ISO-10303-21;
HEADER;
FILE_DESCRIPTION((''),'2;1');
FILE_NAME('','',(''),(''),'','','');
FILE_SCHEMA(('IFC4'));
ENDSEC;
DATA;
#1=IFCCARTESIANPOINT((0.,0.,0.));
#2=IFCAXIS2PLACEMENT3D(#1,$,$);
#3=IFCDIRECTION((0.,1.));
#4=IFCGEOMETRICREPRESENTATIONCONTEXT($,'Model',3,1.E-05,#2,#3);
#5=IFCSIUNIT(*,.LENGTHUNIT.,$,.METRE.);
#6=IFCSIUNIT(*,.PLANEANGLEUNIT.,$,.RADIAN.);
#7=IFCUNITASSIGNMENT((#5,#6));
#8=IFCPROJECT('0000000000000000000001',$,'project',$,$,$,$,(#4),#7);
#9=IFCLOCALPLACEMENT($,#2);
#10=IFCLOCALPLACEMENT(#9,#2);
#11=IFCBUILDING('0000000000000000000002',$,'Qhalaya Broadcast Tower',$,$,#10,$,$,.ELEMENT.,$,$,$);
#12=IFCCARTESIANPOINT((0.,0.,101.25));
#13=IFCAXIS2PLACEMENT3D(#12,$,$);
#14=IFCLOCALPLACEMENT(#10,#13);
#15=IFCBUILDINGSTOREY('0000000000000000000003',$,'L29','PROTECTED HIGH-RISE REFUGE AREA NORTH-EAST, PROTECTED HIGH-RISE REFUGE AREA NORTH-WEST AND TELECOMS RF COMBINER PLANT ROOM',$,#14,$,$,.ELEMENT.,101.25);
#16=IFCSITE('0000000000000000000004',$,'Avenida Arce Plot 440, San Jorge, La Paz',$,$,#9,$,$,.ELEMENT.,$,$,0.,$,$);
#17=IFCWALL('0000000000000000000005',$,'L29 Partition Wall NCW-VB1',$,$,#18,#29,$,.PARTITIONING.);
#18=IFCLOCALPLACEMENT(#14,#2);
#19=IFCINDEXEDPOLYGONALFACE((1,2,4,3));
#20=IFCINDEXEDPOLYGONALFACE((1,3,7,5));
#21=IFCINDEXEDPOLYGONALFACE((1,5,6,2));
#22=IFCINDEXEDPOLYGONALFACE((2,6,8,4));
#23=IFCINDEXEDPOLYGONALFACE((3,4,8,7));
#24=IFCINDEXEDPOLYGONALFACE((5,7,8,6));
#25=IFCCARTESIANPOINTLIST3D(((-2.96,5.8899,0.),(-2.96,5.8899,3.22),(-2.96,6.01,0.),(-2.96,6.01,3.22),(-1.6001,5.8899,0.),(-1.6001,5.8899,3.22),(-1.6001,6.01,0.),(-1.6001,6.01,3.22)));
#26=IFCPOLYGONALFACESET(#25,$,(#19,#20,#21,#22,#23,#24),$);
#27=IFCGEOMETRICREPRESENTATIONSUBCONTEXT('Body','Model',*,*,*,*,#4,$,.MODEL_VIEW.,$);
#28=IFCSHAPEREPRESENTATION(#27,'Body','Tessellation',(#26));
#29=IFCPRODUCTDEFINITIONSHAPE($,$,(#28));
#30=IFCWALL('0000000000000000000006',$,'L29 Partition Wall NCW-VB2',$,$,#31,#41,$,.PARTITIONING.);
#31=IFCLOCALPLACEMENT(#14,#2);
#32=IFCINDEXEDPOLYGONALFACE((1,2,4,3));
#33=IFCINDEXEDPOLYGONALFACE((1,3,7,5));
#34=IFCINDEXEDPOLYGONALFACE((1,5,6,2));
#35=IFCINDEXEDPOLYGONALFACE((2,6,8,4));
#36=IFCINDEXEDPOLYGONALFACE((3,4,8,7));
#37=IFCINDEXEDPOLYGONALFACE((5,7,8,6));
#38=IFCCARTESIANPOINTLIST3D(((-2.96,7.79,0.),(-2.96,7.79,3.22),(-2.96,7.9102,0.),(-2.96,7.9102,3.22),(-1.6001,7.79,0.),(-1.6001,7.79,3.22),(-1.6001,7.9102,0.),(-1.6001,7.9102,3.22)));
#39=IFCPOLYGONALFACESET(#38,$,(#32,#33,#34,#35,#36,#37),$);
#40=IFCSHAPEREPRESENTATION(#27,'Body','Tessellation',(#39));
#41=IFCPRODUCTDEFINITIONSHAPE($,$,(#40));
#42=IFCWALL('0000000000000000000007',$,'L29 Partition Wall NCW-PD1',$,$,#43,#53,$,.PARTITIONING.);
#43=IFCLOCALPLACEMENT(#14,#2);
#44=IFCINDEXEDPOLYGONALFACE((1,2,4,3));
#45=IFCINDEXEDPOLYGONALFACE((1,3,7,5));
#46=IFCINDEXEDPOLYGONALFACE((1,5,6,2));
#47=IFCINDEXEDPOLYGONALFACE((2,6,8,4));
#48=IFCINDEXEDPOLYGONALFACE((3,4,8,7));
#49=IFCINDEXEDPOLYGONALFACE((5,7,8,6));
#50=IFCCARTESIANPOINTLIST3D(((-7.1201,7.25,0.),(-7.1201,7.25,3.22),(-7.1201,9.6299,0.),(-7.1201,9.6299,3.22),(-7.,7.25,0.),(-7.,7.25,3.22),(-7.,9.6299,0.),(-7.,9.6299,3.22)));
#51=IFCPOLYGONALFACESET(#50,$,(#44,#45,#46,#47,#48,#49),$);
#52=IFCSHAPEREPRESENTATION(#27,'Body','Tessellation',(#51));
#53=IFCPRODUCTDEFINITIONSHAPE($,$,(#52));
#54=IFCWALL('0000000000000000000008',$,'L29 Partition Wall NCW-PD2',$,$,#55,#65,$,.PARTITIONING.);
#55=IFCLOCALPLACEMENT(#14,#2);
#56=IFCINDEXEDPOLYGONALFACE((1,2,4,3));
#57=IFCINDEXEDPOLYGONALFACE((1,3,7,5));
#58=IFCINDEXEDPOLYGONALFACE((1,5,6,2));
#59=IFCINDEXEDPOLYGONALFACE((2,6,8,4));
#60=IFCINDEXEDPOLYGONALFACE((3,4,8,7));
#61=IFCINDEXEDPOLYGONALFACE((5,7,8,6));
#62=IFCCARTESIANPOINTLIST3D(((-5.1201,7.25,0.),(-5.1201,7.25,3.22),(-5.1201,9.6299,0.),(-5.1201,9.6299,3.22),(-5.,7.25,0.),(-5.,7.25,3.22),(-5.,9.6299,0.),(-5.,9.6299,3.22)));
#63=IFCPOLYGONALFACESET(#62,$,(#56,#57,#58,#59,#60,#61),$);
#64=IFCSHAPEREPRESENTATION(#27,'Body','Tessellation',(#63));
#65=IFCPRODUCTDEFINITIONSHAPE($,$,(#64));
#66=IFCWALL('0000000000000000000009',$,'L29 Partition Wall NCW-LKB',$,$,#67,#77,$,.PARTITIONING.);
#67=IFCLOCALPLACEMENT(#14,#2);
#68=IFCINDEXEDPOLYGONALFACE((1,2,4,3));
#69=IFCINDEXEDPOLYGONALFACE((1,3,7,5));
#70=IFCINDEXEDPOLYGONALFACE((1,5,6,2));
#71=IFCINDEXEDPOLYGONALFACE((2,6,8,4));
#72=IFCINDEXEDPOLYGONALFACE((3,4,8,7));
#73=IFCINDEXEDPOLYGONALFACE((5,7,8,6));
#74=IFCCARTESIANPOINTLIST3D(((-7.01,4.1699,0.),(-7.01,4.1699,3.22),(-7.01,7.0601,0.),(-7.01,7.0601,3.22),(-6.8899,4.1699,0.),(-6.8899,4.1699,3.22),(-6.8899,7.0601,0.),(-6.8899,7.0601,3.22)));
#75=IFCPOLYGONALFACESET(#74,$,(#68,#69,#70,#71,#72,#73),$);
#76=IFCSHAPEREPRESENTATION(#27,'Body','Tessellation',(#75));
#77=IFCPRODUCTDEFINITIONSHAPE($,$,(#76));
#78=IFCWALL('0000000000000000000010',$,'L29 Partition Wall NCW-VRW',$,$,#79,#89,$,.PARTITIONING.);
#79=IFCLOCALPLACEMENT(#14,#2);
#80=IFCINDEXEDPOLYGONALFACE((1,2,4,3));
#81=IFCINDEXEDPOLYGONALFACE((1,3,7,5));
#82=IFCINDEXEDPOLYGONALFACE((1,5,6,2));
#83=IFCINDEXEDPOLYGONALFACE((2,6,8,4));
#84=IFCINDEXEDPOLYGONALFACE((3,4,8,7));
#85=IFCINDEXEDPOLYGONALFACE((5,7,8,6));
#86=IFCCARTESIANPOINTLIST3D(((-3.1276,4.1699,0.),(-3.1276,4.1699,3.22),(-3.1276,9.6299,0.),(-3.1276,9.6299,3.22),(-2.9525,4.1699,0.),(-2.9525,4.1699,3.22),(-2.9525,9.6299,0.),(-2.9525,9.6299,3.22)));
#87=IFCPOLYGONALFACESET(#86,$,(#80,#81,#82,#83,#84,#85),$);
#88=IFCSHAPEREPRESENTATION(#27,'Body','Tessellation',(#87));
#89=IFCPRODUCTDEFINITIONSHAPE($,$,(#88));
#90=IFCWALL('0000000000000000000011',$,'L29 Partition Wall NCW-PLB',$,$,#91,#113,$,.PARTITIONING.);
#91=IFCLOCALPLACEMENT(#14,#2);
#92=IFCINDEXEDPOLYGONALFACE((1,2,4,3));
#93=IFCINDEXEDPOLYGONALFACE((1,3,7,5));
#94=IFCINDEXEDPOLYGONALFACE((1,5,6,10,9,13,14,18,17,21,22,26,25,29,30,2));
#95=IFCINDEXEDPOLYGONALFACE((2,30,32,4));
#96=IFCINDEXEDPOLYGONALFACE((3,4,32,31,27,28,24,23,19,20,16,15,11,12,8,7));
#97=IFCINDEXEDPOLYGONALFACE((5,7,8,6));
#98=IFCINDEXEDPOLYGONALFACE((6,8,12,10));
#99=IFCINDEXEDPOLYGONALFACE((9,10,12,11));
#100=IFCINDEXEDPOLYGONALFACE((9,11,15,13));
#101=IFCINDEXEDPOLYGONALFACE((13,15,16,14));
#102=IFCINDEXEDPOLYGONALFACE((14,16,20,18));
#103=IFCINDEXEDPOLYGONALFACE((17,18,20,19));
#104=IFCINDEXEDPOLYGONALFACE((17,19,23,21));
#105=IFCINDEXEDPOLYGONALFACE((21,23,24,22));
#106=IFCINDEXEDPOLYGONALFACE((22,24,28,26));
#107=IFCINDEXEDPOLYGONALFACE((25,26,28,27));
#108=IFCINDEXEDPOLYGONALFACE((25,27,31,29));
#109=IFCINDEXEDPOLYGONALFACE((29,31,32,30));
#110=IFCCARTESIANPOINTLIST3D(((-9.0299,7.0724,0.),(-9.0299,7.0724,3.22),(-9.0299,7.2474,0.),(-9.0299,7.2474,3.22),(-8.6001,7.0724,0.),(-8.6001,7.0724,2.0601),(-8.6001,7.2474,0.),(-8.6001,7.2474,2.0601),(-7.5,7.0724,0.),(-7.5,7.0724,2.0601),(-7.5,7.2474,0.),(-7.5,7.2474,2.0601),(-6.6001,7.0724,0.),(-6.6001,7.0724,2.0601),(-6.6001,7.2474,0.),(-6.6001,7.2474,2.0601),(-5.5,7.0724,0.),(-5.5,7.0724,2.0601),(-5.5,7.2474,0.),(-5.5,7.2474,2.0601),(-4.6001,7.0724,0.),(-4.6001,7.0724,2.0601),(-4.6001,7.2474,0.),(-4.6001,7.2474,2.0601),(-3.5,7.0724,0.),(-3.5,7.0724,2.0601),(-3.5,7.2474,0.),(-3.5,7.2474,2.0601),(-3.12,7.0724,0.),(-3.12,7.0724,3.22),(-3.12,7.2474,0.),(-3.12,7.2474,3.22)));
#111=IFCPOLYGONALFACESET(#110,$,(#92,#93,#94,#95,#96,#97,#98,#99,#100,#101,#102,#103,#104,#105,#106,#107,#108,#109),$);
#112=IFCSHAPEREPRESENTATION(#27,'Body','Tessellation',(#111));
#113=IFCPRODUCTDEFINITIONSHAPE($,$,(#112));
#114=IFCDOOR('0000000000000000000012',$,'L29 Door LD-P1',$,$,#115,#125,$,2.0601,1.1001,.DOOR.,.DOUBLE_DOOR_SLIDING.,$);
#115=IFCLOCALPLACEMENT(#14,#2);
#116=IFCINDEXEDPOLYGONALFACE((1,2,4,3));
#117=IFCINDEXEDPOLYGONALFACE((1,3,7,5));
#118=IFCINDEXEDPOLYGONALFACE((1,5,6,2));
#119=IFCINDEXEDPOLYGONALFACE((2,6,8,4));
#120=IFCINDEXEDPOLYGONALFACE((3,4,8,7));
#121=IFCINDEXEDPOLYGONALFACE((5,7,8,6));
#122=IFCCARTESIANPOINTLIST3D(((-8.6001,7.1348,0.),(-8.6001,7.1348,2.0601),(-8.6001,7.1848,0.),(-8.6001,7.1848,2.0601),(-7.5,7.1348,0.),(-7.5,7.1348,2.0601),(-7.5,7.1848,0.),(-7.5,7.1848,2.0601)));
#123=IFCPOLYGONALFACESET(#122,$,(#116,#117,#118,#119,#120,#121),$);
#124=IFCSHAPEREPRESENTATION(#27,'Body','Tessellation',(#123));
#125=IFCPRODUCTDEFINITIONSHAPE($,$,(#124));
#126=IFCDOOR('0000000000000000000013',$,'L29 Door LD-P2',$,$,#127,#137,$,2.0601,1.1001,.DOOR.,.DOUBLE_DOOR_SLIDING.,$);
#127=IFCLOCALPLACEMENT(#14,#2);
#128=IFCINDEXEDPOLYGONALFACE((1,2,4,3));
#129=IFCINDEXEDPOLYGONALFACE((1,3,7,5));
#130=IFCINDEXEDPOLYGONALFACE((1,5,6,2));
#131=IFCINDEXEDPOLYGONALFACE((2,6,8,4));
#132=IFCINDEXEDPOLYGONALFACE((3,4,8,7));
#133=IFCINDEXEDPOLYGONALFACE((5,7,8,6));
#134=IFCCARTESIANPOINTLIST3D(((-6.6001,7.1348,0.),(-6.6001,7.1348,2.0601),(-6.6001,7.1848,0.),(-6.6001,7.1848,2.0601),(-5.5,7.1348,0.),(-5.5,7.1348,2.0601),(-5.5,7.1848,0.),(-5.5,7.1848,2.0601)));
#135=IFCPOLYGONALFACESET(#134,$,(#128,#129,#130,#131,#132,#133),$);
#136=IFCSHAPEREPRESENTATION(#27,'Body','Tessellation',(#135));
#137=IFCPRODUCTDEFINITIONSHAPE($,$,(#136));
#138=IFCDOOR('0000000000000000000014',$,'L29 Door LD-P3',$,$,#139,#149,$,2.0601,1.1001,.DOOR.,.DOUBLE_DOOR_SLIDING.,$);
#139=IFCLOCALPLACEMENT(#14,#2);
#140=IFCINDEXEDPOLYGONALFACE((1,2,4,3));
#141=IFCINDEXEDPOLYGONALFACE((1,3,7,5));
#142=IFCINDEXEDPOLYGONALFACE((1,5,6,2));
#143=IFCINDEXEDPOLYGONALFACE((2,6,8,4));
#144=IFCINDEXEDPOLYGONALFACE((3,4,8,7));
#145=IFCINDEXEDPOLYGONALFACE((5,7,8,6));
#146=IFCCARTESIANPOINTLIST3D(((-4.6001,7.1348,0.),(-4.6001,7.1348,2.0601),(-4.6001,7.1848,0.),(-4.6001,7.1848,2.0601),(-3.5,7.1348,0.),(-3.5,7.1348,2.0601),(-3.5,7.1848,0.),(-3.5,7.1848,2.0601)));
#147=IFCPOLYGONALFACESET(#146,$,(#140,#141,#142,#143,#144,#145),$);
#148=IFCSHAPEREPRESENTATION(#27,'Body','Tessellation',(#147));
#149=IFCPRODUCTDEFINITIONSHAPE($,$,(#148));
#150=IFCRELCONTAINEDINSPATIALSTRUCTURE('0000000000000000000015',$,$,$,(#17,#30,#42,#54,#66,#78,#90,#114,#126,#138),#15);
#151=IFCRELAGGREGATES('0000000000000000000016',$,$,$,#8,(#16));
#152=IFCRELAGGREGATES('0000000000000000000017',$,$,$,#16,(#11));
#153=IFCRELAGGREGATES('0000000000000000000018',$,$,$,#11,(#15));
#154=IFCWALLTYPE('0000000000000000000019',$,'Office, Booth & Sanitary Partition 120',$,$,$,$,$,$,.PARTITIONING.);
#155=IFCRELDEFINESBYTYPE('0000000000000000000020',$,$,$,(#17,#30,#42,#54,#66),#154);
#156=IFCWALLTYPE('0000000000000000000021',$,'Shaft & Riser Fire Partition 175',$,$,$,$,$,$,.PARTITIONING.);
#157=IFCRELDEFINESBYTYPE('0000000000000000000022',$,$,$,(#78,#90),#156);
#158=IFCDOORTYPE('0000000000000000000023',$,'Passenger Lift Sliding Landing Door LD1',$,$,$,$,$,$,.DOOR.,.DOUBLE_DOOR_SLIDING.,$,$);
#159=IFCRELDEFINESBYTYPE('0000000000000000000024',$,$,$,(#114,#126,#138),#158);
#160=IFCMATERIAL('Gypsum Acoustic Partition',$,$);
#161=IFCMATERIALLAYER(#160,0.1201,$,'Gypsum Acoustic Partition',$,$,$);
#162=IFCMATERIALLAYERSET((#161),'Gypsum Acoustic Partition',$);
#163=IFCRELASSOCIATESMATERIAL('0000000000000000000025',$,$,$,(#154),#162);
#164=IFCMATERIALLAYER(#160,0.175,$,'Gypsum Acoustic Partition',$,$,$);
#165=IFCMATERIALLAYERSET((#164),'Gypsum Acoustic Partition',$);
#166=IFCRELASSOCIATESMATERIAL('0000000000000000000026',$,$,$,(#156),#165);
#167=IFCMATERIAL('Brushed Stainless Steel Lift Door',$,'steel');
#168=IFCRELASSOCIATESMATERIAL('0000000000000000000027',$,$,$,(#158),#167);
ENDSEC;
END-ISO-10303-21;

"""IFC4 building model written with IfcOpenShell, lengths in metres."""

from ifc_helpers import new_model, si_unit, direction, frame, frame_2d, origin, place, context, subcontext, project, spatial, rectangle, extrude, material, layer, layer_set, type_object, element, fill, save


model = new_model("IFC4")

# Units and contexts
model_context = context("Model", 3, precision=1e-05, world=origin(), true_north=direction((0.0, 1.0)))
body_context = subcontext(model_context, "Body", "Model", "MODEL_VIEW")
ifc_project = project(units=[si_unit("LENGTHUNIT", "METRE"), si_unit("PLANEANGLEUNIT", "RADIAN")], contexts=[model_context])

# Site, building, storey
site_placement = place(None, origin())
site = spatial("IfcSite", under=ifc_project, at=site_placement, Name="Avenida Arce Plot 440, San Jorge, La Paz", CompositionType="ELEMENT", RefElevation=0.0)
building_placement = place(site_placement, origin())
building = spatial("IfcBuilding", under=site, at=building_placement, Name="Qhalaya Broadcast Tower", CompositionType="ELEMENT")
storey_placement = place(building_placement, frame((0.0, 0.0, 101.25)))
storey = spatial("IfcBuildingStorey", under=building, at=storey_placement, Name="L29", Description="PROTECTED HIGH-RISE REFUGE AREA NORTH-EAST, PROTECTED HIGH-RISE REFUGE AREA NORTH-WEST AND TELECOMS RF COMBINER PLANT ROOM", CompositionType="ELEMENT", Elevation=101.25)

# Shared definitions
ifc_material_1 = material(Name="Gypsum Acoustic Partition")

# Walls
ifc_layer_1 = layer(ifc_material_1, 0.1201, Name="Gypsum Acoustic Partition")
ifc_layer_set_1 = layer_set([ifc_layer_1], Name="Gypsum Acoustic Partition")
wall_type_1 = type_object("IfcWallType", Name="Office, Booth & Sanitary Partition 120", PredefinedType="PARTITIONING", material=ifc_layer_set_1)
for number, where, z_axis, x_axis, name in (
    (1, (-2.96, 5.95, 0.0), (0.0, 0.0, 1.0), (1.0, 0.0, 0.0), "L29 Partition Wall NCW-VB1"),
    (2, (-2.96, 7.8501, 0.0), (0.0, 0.0, 1.0), (1.0, 0.0, 0.0), "L29 Partition Wall NCW-VB2"),
):
    element("IfcWall", number, at=place(storey_placement, frame(where, z_axis=z_axis, x_axis=x_axis)), inside=storey, type_object=wall_type_1, Name=name, PredefinedType="PARTITIONING", context=body_context, shape_type="SweptSolid", body=[
        extrude(rectangle(XDim=1.3599, YDim=0.1201, at=frame_2d((0.6799, 0.0))), origin(), (0.0, 0.0, 1.0), 3.22),
    ])
for number, where, z_axis, x_axis, name in (
    (3, (-7.0601, 7.25, 0.0), (0.0, 0.0, 1.0), (0.0, 1.0, 0.0), "L29 Partition Wall NCW-PD1"),
    (4, (-5.0601, 7.25, 0.0), (0.0, 0.0, 1.0), (0.0, 1.0, 0.0), "L29 Partition Wall NCW-PD2"),
):
    element("IfcWall", number, at=place(storey_placement, frame(where, z_axis=z_axis, x_axis=x_axis)), inside=storey, type_object=wall_type_1, Name=name, PredefinedType="PARTITIONING", context=body_context, shape_type="SweptSolid", body=[
        extrude(rectangle(XDim=2.3799, YDim=0.1201, at=frame_2d((1.1899, 0.0))), origin(), (0.0, 0.0, 1.0), 3.22),
    ])
wall_1_placement = place(storey_placement, frame((-6.95, 4.1699, 0.0), z_axis=(0.0, 0.0, 1.0), x_axis=(0.0, 1.0, 0.0)))
element("IfcWall", 5, at=wall_1_placement, inside=storey, type_object=wall_type_1, Name="L29 Partition Wall NCW-LKB", PredefinedType="PARTITIONING", context=body_context, shape_type="SweptSolid", body=[
    extrude(rectangle(XDim=2.8901, YDim=0.1201, at=frame_2d((1.4451, 0.0))), origin(), (0.0, 0.0, 1.0), 3.22),
])
ifc_layer_2 = layer(ifc_material_1, 0.175, Name="Gypsum Acoustic Partition")
ifc_layer_set_2 = layer_set([ifc_layer_2], Name="Gypsum Acoustic Partition")
wall_type_2 = type_object("IfcWallType", Name="Shaft & Riser Fire Partition 175", PredefinedType="PARTITIONING", material=ifc_layer_set_2)
wall_2_placement = place(storey_placement, frame((-3.04, 4.1699, 0.0), z_axis=(0.0, 0.0, 1.0), x_axis=(0.0, 1.0, 0.0)))
element("IfcWall", 6, at=wall_2_placement, inside=storey, type_object=wall_type_2, Name="L29 Partition Wall NCW-VRW", PredefinedType="PARTITIONING", context=body_context, shape_type="SweptSolid", body=[
    extrude(rectangle(XDim=5.46, YDim=0.175, at=frame_2d((2.73, 0.0))), origin(), (0.0, 0.0, 1.0), 3.22),
])

# Wall, openings, doors
wall_3_placement = place(storey_placement, frame((-9.03, 7.1599, 0.0), z_axis=(0.0, 0.0, 1.0), x_axis=(1.0, 0.0, 0.0)))
wall_3 = element("IfcWall", 7, at=wall_3_placement, inside=storey, type_object=wall_type_2, Name="L29 Partition Wall NCW-PLB", PredefinedType="PARTITIONING", context=body_context, shape_type="SweptSolid", body=[
    extrude(rectangle(XDim=5.9099, YDim=0.175, at=frame_2d((2.9551, 0.0))), origin(), (0.0, 0.0, 1.0), 3.22),
])
opening_1_placement = place(wall_3_placement, frame((0.4299, 0.0, 0.0)))
opening_1 = element("IfcOpeningElement", 8, at=opening_1_placement, cuts=wall_3, PredefinedType="OPENING", context=body_context, shape_type="SweptSolid", body=[
    extrude(rectangle(XDim=1.1001, YDim=2.0601, at=frame_2d((0.55, 1.03))), frame((0.0, 0.0996, 0.0), z_axis=(0.0, -1.0, 0.0), x_axis=(1.0, 0.0, 0.0)), (0.0, 0.0, 1.0), 0.199),
])
opening_2_placement = place(wall_3_placement, frame((2.4299, 0.0, 0.0)))
opening_2 = element("IfcOpeningElement", 9, at=opening_2_placement, cuts=wall_3, PredefinedType="OPENING", context=body_context, shape_type="SweptSolid", body=[
    extrude(rectangle(XDim=1.1001, YDim=2.0601, at=frame_2d((0.55, 1.03))), frame((0.0, 0.0996, 0.0), z_axis=(0.0, -1.0, 0.0), x_axis=(1.0, 0.0, 0.0)), (0.0, 0.0, 1.0), 0.199),
])
opening_3_placement = place(wall_3_placement, frame((4.4299, 0.0, 0.0)))
opening_3 = element("IfcOpeningElement", 10, at=opening_3_placement, cuts=wall_3, PredefinedType="OPENING", context=body_context, shape_type="SweptSolid", body=[
    extrude(rectangle(XDim=1.1001, YDim=2.0601, at=frame_2d((0.55, 1.03))), frame((0.0, 0.0996, 0.0), z_axis=(0.0, -1.0, 0.0), x_axis=(1.0, 0.0, 0.0)), (0.0, 0.0, 1.0), 0.199),
])
ifc_material_2 = material(Name="Brushed Stainless Steel Lift Door", Category="steel")
door_type_1 = type_object("IfcDoorType", Name="Passenger Lift Sliding Landing Door LD1", OperationType="DOUBLE_DOOR_SLIDING", PredefinedType="DOOR", material=ifc_material_2)
door_1_placement = place(opening_1_placement, origin())
door_1 = element("IfcDoor", 11, at=door_1_placement, inside=storey, type_object=door_type_1, Name="L29 Door LD-P1", OperationType="DOUBLE_DOOR_SLIDING", OverallHeight=2.0601, OverallWidth=1.1001, PredefinedType="DOOR", context=body_context, shape_type="SweptSolid", body=[
    extrude(rectangle(XDim=1.1001, YDim=2.0601, at=frame_2d((0.55, 1.03))), frame((0.0, 0.0249, 0.0), z_axis=(0.0, -1.0, 0.0), x_axis=(1.0, 0.0, 0.0)), (0.0, 0.0, 1.0), 0.05),
])
fill(opening_1, door_1)
door_2_placement = place(opening_2_placement, origin())
door_2 = element("IfcDoor", 12, at=door_2_placement, inside=storey, type_object=door_type_1, Name="L29 Door LD-P2", OperationType="DOUBLE_DOOR_SLIDING", OverallHeight=2.0601, OverallWidth=1.1001, PredefinedType="DOOR", context=body_context, shape_type="SweptSolid", body=[
    extrude(rectangle(XDim=1.1001, YDim=2.0601, at=frame_2d((0.55, 1.03))), frame((0.0, 0.0249, 0.0), z_axis=(0.0, -1.0, 0.0), x_axis=(1.0, 0.0, 0.0)), (0.0, 0.0, 1.0), 0.05),
])
fill(opening_2, door_2)
door_3_placement = place(opening_3_placement, origin())
door_3 = element("IfcDoor", 13, at=door_3_placement, inside=storey, type_object=door_type_1, Name="L29 Door LD-P3", OperationType="DOUBLE_DOOR_SLIDING", OverallHeight=2.0601, OverallWidth=1.1001, PredefinedType="DOOR", context=body_context, shape_type="SweptSolid", body=[
    extrude(rectangle(XDim=1.1001, YDim=2.0601, at=frame_2d((0.55, 1.03))), frame((0.0, 0.0249, 0.0), z_axis=(0.0, -1.0, 0.0), x_axis=(1.0, 0.0, 0.0)), (0.0, 0.0, 1.0), 0.05),
])
fill(opening_3, door_3)

save(model, "model.ifc")
